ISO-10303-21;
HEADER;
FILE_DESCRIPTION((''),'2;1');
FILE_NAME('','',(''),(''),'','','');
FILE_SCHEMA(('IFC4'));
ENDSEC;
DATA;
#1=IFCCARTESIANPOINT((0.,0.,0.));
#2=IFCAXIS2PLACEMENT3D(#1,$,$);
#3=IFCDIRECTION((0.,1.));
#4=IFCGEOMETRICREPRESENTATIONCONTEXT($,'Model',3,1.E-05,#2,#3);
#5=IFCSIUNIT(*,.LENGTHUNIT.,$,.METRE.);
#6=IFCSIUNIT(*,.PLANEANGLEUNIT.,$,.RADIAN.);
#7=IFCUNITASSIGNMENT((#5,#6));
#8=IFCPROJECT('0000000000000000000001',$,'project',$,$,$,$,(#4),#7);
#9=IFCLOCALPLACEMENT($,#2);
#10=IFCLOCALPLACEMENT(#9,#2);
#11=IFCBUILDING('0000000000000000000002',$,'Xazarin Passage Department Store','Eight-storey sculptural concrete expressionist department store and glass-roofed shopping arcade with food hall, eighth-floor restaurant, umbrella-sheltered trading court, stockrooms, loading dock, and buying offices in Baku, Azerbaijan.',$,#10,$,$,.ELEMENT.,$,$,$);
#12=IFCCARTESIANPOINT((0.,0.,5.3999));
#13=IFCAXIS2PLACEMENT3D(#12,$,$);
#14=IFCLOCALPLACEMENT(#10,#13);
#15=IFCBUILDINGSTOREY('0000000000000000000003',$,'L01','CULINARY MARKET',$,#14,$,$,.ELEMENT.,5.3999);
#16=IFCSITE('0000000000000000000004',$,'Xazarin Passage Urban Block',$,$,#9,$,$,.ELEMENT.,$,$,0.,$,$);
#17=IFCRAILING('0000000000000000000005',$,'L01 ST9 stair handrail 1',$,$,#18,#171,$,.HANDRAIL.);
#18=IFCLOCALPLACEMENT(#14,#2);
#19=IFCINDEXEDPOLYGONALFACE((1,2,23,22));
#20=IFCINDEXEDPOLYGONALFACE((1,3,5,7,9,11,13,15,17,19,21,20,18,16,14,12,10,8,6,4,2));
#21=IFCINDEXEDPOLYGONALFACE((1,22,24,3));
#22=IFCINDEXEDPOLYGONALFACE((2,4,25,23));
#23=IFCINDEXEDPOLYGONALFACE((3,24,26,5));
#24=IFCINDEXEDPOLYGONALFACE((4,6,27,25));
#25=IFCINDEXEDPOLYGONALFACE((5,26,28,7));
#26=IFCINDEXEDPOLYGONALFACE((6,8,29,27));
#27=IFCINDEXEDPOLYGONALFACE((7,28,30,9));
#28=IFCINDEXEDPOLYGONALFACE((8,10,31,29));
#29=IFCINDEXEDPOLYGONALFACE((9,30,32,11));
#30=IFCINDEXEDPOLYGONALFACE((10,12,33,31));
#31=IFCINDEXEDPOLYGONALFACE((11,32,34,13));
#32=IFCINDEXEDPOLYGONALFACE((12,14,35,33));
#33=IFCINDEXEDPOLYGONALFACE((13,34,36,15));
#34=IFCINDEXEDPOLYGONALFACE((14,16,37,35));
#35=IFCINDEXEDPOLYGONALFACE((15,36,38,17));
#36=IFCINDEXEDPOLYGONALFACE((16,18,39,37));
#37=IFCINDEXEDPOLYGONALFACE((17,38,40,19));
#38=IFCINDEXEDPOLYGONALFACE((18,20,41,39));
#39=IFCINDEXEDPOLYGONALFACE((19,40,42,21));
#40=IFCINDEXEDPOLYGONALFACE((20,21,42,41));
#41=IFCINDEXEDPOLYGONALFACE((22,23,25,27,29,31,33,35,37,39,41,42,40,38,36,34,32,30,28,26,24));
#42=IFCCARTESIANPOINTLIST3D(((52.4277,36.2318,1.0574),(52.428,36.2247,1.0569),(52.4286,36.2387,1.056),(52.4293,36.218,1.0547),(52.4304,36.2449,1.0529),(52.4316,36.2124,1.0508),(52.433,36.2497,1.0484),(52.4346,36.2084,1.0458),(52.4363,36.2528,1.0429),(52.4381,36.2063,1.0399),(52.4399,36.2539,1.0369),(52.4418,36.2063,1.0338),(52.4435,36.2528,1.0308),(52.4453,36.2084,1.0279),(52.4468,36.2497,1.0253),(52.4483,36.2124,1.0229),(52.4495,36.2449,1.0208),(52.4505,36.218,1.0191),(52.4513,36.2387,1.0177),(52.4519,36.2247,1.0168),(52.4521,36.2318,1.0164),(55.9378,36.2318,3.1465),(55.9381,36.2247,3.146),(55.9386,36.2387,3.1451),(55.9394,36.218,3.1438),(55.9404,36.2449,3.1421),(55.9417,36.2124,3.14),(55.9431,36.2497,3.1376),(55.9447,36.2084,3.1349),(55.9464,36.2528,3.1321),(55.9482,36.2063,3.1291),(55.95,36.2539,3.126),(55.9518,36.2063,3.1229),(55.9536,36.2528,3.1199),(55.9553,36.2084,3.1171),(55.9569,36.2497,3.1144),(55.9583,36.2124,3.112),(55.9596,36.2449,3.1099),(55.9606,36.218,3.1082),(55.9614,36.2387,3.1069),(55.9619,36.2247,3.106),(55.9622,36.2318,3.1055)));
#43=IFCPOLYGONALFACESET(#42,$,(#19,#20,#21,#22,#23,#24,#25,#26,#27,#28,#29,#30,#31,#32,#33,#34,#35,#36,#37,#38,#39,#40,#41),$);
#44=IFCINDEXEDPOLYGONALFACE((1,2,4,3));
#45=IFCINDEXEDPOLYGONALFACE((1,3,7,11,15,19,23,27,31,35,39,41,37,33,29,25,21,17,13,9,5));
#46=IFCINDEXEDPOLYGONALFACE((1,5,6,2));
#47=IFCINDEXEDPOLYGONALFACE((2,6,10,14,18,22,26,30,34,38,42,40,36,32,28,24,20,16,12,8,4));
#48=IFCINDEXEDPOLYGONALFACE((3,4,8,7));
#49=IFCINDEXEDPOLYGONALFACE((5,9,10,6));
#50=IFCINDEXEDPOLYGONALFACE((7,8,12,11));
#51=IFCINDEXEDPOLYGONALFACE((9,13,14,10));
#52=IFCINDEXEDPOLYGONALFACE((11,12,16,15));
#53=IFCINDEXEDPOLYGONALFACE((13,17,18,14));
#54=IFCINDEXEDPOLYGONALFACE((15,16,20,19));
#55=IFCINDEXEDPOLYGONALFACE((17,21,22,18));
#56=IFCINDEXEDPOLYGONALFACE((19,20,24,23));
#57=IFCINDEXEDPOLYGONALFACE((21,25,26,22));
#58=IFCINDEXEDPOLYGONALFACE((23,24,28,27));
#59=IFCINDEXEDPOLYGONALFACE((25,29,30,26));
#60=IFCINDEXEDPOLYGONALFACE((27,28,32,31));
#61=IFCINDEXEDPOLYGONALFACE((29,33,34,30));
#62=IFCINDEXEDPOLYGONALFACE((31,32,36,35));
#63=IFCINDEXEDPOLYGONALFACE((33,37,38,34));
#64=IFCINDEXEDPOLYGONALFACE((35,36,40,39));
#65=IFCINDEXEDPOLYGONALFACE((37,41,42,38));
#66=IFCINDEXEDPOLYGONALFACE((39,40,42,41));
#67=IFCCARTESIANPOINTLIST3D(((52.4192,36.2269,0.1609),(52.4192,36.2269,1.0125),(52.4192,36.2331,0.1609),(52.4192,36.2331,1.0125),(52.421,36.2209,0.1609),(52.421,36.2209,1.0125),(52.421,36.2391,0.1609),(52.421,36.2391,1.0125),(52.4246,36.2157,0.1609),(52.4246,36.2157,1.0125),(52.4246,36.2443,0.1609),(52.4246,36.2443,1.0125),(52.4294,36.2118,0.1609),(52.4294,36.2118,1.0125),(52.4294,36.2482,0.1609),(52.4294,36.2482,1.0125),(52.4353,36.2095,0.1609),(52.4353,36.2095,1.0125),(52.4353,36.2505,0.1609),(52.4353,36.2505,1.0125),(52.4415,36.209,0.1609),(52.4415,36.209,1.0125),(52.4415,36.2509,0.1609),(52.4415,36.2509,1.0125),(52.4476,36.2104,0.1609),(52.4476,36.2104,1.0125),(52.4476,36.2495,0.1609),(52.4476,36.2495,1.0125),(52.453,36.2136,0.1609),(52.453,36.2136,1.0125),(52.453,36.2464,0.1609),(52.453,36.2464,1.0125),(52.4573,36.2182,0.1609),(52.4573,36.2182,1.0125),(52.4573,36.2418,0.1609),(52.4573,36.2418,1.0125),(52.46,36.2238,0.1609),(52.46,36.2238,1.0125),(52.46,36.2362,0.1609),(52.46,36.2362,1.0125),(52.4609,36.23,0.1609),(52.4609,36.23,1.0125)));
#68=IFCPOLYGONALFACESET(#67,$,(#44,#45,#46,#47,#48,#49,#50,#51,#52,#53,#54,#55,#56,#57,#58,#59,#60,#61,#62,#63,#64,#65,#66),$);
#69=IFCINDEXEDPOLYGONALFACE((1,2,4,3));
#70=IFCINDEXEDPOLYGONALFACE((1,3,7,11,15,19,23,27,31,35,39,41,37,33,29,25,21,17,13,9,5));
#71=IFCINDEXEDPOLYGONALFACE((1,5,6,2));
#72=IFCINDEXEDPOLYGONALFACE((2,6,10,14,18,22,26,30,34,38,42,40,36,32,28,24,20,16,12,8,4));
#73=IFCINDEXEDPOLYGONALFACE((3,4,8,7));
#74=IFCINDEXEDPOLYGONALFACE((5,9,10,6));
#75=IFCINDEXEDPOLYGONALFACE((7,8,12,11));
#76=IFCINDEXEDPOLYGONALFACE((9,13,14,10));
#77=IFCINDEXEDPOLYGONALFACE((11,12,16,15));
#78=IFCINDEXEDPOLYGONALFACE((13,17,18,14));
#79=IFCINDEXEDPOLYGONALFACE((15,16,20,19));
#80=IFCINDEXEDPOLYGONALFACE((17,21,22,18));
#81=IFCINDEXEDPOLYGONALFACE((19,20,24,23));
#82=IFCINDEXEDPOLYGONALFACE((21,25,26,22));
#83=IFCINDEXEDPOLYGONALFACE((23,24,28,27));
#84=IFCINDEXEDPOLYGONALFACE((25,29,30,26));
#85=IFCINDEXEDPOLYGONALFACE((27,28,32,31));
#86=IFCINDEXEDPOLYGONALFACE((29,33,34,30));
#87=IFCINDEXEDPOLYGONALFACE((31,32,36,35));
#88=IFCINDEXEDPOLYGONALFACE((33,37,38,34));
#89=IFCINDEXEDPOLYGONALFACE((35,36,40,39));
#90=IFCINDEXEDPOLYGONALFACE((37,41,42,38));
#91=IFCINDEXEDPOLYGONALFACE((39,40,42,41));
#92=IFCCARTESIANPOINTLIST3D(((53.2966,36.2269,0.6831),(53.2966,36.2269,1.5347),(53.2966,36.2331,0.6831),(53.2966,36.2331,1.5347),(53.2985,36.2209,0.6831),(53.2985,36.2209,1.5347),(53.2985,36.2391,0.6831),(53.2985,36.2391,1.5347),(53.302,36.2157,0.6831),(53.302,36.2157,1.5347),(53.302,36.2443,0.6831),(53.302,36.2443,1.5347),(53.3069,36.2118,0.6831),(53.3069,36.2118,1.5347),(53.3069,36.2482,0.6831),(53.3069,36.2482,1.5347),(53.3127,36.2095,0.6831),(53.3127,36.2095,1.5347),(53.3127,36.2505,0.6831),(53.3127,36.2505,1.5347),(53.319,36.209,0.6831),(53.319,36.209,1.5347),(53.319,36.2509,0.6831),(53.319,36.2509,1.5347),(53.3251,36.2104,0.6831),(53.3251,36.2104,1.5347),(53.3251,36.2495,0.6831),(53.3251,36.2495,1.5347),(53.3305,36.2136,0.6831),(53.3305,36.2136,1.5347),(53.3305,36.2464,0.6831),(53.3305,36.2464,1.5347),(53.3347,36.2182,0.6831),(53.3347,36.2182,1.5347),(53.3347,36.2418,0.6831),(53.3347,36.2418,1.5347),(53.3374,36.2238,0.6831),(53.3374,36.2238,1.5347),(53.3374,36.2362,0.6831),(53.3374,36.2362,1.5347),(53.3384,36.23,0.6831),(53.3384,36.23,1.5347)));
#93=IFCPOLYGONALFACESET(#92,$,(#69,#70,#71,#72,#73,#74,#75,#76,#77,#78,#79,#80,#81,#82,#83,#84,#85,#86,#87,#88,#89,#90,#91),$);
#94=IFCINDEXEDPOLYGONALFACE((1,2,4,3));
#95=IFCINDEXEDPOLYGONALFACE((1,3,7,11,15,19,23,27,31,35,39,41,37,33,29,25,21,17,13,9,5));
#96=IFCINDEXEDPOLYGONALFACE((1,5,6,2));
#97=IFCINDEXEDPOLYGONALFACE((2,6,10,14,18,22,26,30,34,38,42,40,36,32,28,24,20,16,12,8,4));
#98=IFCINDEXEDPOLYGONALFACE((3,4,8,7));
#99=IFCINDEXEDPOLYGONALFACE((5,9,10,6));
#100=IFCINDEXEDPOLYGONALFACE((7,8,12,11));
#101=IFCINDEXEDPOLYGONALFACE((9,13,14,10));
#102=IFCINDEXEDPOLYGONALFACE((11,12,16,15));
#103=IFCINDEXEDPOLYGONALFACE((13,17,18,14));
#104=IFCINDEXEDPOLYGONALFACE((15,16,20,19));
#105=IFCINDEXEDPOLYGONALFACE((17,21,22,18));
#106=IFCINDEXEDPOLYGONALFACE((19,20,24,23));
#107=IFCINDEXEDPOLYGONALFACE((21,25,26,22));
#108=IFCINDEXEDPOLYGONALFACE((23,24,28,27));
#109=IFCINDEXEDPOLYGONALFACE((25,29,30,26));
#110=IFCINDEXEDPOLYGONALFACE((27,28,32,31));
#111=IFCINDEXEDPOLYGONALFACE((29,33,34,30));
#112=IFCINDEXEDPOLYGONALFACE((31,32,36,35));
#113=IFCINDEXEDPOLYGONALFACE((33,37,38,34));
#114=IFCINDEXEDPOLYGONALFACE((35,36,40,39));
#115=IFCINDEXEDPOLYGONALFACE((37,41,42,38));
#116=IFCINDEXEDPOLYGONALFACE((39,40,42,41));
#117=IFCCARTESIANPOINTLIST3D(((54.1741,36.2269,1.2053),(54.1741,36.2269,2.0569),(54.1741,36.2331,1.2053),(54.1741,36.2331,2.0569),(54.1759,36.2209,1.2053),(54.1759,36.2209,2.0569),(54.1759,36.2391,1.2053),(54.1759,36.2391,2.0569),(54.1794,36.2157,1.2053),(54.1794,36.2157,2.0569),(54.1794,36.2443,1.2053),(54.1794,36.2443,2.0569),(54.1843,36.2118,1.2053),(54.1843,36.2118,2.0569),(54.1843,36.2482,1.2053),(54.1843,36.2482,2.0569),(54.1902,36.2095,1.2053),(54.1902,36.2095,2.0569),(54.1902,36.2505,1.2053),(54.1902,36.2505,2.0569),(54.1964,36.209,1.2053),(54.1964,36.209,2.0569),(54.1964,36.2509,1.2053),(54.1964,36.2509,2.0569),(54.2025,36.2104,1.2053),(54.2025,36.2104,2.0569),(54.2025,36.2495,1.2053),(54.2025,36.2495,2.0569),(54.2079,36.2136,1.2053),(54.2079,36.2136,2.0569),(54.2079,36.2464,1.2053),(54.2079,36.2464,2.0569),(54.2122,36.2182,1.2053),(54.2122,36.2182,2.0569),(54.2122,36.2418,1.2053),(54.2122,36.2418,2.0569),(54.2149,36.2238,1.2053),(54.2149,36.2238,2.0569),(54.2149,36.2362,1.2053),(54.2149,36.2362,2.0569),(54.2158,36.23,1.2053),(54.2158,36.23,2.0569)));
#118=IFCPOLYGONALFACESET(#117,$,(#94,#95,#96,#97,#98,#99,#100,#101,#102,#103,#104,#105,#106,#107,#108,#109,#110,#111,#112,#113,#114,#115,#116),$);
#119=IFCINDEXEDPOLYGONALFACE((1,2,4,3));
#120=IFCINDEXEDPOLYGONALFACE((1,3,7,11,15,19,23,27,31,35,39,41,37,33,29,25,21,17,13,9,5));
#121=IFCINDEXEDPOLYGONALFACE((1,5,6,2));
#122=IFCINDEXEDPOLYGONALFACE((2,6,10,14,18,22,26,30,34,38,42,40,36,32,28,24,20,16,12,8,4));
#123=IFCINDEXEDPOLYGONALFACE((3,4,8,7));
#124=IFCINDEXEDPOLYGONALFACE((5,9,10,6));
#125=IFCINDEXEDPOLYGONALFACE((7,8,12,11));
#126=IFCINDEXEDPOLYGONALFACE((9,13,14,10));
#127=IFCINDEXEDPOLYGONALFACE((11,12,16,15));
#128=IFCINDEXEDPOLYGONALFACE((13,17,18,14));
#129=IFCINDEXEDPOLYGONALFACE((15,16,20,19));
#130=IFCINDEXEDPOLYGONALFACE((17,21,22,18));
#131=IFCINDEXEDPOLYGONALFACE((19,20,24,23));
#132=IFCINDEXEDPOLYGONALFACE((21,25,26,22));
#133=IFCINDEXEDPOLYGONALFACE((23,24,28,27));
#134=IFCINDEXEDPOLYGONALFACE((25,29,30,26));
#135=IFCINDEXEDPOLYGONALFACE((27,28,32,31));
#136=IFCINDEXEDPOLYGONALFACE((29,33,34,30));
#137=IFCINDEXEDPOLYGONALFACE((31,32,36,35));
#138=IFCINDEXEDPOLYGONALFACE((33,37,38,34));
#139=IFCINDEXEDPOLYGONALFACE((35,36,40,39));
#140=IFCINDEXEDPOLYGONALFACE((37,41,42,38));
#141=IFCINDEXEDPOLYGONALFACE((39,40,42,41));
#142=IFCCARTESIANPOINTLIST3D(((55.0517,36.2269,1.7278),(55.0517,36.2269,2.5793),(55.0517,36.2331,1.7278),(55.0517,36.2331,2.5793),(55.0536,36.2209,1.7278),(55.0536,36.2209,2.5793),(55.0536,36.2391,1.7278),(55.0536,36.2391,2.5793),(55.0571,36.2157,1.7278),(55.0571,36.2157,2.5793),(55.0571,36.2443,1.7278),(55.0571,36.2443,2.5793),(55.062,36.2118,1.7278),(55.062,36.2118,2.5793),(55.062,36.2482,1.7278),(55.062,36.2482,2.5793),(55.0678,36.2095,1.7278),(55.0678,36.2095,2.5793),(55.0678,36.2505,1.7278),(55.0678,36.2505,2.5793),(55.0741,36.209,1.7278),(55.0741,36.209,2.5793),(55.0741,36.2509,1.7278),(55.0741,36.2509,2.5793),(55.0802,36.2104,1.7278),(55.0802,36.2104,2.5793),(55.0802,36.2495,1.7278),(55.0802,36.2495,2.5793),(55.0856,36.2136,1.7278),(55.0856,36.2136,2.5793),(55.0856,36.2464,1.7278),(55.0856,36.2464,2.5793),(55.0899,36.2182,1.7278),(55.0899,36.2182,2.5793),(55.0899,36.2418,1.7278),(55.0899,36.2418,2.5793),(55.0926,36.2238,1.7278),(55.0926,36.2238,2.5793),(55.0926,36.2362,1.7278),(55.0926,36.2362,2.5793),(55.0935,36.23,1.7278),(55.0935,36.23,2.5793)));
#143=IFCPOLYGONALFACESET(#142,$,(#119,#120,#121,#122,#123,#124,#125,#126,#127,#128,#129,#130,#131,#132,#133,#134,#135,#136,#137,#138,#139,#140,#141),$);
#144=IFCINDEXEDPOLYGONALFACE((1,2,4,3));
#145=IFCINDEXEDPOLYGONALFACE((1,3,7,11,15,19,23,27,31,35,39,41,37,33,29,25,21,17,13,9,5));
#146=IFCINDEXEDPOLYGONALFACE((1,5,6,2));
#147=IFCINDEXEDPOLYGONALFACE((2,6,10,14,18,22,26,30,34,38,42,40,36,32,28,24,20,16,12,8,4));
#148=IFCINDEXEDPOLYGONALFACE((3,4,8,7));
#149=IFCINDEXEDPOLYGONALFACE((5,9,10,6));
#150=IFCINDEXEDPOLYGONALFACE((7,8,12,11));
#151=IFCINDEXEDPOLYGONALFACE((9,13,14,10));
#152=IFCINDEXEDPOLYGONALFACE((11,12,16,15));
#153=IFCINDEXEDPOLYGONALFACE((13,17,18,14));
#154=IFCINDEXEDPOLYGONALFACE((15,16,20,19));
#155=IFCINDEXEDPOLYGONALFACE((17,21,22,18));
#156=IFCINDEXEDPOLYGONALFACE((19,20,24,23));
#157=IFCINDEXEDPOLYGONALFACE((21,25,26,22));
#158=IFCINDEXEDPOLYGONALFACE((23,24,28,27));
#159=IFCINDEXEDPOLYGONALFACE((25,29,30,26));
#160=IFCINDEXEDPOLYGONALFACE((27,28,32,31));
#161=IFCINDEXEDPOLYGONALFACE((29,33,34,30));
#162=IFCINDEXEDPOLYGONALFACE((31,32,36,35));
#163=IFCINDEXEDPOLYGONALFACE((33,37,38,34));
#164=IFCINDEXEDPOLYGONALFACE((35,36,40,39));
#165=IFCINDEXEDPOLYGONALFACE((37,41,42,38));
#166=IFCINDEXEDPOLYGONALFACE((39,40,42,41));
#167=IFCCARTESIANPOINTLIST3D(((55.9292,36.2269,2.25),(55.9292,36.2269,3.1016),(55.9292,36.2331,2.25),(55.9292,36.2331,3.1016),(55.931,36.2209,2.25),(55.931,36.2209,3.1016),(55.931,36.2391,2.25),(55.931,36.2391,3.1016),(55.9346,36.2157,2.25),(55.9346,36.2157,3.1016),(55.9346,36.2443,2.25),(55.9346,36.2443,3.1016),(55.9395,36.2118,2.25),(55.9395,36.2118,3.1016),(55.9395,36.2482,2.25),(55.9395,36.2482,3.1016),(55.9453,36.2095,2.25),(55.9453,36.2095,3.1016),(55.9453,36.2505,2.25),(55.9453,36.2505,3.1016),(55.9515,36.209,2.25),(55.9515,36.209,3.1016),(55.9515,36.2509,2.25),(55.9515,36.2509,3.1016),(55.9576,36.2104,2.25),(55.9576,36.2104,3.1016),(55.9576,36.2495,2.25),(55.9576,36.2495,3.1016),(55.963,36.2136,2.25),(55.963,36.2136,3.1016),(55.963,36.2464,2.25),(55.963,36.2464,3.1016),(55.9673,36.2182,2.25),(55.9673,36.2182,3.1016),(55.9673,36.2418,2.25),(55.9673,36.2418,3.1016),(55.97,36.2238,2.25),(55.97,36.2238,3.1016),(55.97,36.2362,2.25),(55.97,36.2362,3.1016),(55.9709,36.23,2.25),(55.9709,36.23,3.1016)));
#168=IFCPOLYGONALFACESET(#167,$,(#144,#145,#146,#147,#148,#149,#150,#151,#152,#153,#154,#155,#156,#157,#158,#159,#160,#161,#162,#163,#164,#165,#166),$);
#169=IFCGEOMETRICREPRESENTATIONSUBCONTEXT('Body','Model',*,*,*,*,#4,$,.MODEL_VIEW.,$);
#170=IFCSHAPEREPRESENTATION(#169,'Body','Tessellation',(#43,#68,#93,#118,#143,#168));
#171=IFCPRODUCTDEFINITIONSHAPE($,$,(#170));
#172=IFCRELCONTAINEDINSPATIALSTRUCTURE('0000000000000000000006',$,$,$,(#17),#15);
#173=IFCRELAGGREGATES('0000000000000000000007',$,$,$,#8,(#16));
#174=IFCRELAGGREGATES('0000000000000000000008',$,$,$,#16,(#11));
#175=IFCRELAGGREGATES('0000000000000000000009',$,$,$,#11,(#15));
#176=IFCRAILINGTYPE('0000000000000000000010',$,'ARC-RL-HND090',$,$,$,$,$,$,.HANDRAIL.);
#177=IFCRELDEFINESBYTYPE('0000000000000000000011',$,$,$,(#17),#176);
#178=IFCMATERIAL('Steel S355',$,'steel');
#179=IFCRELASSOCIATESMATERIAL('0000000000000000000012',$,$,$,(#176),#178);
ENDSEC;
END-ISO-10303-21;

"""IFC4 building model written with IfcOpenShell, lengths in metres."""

from ifc_helpers import new_model, si_unit, direction, frame, origin, origin_2d, place, context, subcontext, project, spatial, circle, extrude, material, type_object, element, save


model = new_model("IFC4")

# Units and contexts
model_context = context("Model", 3, precision=1e-05, world=origin(), true_north=direction((0.0, 1.0)))
body_context = subcontext(model_context, "Body", "Model", "MODEL_VIEW")
ifc_project = project(units=[si_unit("LENGTHUNIT", "METRE"), si_unit("PLANEANGLEUNIT", "RADIAN")], contexts=[model_context])

# Site, building, storey
site_placement = place(None, origin())
site = spatial("IfcSite", under=ifc_project, at=site_placement, Name="Xazarin Passage Urban Block", CompositionType="ELEMENT", RefElevation=0.0)
building_placement = place(site_placement, origin())
building = spatial("IfcBuilding", under=site, at=building_placement, Name="Xazarin Passage Department Store", Description="Eight-storey sculptural concrete expressionist department store and glass-roofed shopping arcade with food hall, eighth-floor restaurant, umbrella-sheltered trading court, stockrooms, loading dock, and buying offices in Baku, Azerbaijan.", CompositionType="ELEMENT")
storey_placement = place(building_placement, frame((0.0, 0.0, 5.3999)))
storey = spatial("IfcBuildingStorey", under=building, at=storey_placement, Name="L01", Description="CULINARY MARKET", CompositionType="ELEMENT", Elevation=5.3999)

# Shared definitions
ifc_material_1 = material(Name="Steel S355", Category="steel")

# Railing
railing_type_1 = type_object("IfcRailingType", Name="ARC-RL-HND090", PredefinedType="HANDRAIL", material=ifc_material_1)
railing_1_placement = place(storey_placement, frame((52.4399, 36.23, 0.1609)))
element("IfcRailing", 1, at=railing_1_placement, inside=storey, type_object=railing_type_1, Name="L01 ST9 stair handrail 1", PredefinedType="HANDRAIL", context=body_context, shape_type="SweptSolid", body=[
    extrude(circle(Radius=0.0239, at=origin_2d()), frame((0.0, 0.0, 0.876), z_axis=(0.859312, 0.0, 0.511451), x_axis=(0.0, 1.0, 0.0)), (0.0, 0.0, 1.0), 4.0847),
    extrude(circle(Radius=0.021, at=origin_2d()), origin(), (0.0, 0.0, 1.0), 0.8516),
    extrude(circle(Radius=0.021, at=origin_2d()), frame((0.8774, 0.0, 0.5222)), (0.0, 0.0, 1.0), 0.8516),
    extrude(circle(Radius=0.021, at=origin_2d()), frame((1.7549, 0.0, 1.0444)), (0.0, 0.0, 1.0), 0.8516),
    extrude(circle(Radius=0.021, at=origin_2d()), frame((2.6326, 0.0, 1.5669)), (0.0, 0.0, 1.0), 0.8516),
    extrude(circle(Radius=0.021, at=origin_2d()), frame((3.51, 0.0, 2.0891)), (0.0, 0.0, 1.0), 0.8516),
])

save(model, "model.ifc")
